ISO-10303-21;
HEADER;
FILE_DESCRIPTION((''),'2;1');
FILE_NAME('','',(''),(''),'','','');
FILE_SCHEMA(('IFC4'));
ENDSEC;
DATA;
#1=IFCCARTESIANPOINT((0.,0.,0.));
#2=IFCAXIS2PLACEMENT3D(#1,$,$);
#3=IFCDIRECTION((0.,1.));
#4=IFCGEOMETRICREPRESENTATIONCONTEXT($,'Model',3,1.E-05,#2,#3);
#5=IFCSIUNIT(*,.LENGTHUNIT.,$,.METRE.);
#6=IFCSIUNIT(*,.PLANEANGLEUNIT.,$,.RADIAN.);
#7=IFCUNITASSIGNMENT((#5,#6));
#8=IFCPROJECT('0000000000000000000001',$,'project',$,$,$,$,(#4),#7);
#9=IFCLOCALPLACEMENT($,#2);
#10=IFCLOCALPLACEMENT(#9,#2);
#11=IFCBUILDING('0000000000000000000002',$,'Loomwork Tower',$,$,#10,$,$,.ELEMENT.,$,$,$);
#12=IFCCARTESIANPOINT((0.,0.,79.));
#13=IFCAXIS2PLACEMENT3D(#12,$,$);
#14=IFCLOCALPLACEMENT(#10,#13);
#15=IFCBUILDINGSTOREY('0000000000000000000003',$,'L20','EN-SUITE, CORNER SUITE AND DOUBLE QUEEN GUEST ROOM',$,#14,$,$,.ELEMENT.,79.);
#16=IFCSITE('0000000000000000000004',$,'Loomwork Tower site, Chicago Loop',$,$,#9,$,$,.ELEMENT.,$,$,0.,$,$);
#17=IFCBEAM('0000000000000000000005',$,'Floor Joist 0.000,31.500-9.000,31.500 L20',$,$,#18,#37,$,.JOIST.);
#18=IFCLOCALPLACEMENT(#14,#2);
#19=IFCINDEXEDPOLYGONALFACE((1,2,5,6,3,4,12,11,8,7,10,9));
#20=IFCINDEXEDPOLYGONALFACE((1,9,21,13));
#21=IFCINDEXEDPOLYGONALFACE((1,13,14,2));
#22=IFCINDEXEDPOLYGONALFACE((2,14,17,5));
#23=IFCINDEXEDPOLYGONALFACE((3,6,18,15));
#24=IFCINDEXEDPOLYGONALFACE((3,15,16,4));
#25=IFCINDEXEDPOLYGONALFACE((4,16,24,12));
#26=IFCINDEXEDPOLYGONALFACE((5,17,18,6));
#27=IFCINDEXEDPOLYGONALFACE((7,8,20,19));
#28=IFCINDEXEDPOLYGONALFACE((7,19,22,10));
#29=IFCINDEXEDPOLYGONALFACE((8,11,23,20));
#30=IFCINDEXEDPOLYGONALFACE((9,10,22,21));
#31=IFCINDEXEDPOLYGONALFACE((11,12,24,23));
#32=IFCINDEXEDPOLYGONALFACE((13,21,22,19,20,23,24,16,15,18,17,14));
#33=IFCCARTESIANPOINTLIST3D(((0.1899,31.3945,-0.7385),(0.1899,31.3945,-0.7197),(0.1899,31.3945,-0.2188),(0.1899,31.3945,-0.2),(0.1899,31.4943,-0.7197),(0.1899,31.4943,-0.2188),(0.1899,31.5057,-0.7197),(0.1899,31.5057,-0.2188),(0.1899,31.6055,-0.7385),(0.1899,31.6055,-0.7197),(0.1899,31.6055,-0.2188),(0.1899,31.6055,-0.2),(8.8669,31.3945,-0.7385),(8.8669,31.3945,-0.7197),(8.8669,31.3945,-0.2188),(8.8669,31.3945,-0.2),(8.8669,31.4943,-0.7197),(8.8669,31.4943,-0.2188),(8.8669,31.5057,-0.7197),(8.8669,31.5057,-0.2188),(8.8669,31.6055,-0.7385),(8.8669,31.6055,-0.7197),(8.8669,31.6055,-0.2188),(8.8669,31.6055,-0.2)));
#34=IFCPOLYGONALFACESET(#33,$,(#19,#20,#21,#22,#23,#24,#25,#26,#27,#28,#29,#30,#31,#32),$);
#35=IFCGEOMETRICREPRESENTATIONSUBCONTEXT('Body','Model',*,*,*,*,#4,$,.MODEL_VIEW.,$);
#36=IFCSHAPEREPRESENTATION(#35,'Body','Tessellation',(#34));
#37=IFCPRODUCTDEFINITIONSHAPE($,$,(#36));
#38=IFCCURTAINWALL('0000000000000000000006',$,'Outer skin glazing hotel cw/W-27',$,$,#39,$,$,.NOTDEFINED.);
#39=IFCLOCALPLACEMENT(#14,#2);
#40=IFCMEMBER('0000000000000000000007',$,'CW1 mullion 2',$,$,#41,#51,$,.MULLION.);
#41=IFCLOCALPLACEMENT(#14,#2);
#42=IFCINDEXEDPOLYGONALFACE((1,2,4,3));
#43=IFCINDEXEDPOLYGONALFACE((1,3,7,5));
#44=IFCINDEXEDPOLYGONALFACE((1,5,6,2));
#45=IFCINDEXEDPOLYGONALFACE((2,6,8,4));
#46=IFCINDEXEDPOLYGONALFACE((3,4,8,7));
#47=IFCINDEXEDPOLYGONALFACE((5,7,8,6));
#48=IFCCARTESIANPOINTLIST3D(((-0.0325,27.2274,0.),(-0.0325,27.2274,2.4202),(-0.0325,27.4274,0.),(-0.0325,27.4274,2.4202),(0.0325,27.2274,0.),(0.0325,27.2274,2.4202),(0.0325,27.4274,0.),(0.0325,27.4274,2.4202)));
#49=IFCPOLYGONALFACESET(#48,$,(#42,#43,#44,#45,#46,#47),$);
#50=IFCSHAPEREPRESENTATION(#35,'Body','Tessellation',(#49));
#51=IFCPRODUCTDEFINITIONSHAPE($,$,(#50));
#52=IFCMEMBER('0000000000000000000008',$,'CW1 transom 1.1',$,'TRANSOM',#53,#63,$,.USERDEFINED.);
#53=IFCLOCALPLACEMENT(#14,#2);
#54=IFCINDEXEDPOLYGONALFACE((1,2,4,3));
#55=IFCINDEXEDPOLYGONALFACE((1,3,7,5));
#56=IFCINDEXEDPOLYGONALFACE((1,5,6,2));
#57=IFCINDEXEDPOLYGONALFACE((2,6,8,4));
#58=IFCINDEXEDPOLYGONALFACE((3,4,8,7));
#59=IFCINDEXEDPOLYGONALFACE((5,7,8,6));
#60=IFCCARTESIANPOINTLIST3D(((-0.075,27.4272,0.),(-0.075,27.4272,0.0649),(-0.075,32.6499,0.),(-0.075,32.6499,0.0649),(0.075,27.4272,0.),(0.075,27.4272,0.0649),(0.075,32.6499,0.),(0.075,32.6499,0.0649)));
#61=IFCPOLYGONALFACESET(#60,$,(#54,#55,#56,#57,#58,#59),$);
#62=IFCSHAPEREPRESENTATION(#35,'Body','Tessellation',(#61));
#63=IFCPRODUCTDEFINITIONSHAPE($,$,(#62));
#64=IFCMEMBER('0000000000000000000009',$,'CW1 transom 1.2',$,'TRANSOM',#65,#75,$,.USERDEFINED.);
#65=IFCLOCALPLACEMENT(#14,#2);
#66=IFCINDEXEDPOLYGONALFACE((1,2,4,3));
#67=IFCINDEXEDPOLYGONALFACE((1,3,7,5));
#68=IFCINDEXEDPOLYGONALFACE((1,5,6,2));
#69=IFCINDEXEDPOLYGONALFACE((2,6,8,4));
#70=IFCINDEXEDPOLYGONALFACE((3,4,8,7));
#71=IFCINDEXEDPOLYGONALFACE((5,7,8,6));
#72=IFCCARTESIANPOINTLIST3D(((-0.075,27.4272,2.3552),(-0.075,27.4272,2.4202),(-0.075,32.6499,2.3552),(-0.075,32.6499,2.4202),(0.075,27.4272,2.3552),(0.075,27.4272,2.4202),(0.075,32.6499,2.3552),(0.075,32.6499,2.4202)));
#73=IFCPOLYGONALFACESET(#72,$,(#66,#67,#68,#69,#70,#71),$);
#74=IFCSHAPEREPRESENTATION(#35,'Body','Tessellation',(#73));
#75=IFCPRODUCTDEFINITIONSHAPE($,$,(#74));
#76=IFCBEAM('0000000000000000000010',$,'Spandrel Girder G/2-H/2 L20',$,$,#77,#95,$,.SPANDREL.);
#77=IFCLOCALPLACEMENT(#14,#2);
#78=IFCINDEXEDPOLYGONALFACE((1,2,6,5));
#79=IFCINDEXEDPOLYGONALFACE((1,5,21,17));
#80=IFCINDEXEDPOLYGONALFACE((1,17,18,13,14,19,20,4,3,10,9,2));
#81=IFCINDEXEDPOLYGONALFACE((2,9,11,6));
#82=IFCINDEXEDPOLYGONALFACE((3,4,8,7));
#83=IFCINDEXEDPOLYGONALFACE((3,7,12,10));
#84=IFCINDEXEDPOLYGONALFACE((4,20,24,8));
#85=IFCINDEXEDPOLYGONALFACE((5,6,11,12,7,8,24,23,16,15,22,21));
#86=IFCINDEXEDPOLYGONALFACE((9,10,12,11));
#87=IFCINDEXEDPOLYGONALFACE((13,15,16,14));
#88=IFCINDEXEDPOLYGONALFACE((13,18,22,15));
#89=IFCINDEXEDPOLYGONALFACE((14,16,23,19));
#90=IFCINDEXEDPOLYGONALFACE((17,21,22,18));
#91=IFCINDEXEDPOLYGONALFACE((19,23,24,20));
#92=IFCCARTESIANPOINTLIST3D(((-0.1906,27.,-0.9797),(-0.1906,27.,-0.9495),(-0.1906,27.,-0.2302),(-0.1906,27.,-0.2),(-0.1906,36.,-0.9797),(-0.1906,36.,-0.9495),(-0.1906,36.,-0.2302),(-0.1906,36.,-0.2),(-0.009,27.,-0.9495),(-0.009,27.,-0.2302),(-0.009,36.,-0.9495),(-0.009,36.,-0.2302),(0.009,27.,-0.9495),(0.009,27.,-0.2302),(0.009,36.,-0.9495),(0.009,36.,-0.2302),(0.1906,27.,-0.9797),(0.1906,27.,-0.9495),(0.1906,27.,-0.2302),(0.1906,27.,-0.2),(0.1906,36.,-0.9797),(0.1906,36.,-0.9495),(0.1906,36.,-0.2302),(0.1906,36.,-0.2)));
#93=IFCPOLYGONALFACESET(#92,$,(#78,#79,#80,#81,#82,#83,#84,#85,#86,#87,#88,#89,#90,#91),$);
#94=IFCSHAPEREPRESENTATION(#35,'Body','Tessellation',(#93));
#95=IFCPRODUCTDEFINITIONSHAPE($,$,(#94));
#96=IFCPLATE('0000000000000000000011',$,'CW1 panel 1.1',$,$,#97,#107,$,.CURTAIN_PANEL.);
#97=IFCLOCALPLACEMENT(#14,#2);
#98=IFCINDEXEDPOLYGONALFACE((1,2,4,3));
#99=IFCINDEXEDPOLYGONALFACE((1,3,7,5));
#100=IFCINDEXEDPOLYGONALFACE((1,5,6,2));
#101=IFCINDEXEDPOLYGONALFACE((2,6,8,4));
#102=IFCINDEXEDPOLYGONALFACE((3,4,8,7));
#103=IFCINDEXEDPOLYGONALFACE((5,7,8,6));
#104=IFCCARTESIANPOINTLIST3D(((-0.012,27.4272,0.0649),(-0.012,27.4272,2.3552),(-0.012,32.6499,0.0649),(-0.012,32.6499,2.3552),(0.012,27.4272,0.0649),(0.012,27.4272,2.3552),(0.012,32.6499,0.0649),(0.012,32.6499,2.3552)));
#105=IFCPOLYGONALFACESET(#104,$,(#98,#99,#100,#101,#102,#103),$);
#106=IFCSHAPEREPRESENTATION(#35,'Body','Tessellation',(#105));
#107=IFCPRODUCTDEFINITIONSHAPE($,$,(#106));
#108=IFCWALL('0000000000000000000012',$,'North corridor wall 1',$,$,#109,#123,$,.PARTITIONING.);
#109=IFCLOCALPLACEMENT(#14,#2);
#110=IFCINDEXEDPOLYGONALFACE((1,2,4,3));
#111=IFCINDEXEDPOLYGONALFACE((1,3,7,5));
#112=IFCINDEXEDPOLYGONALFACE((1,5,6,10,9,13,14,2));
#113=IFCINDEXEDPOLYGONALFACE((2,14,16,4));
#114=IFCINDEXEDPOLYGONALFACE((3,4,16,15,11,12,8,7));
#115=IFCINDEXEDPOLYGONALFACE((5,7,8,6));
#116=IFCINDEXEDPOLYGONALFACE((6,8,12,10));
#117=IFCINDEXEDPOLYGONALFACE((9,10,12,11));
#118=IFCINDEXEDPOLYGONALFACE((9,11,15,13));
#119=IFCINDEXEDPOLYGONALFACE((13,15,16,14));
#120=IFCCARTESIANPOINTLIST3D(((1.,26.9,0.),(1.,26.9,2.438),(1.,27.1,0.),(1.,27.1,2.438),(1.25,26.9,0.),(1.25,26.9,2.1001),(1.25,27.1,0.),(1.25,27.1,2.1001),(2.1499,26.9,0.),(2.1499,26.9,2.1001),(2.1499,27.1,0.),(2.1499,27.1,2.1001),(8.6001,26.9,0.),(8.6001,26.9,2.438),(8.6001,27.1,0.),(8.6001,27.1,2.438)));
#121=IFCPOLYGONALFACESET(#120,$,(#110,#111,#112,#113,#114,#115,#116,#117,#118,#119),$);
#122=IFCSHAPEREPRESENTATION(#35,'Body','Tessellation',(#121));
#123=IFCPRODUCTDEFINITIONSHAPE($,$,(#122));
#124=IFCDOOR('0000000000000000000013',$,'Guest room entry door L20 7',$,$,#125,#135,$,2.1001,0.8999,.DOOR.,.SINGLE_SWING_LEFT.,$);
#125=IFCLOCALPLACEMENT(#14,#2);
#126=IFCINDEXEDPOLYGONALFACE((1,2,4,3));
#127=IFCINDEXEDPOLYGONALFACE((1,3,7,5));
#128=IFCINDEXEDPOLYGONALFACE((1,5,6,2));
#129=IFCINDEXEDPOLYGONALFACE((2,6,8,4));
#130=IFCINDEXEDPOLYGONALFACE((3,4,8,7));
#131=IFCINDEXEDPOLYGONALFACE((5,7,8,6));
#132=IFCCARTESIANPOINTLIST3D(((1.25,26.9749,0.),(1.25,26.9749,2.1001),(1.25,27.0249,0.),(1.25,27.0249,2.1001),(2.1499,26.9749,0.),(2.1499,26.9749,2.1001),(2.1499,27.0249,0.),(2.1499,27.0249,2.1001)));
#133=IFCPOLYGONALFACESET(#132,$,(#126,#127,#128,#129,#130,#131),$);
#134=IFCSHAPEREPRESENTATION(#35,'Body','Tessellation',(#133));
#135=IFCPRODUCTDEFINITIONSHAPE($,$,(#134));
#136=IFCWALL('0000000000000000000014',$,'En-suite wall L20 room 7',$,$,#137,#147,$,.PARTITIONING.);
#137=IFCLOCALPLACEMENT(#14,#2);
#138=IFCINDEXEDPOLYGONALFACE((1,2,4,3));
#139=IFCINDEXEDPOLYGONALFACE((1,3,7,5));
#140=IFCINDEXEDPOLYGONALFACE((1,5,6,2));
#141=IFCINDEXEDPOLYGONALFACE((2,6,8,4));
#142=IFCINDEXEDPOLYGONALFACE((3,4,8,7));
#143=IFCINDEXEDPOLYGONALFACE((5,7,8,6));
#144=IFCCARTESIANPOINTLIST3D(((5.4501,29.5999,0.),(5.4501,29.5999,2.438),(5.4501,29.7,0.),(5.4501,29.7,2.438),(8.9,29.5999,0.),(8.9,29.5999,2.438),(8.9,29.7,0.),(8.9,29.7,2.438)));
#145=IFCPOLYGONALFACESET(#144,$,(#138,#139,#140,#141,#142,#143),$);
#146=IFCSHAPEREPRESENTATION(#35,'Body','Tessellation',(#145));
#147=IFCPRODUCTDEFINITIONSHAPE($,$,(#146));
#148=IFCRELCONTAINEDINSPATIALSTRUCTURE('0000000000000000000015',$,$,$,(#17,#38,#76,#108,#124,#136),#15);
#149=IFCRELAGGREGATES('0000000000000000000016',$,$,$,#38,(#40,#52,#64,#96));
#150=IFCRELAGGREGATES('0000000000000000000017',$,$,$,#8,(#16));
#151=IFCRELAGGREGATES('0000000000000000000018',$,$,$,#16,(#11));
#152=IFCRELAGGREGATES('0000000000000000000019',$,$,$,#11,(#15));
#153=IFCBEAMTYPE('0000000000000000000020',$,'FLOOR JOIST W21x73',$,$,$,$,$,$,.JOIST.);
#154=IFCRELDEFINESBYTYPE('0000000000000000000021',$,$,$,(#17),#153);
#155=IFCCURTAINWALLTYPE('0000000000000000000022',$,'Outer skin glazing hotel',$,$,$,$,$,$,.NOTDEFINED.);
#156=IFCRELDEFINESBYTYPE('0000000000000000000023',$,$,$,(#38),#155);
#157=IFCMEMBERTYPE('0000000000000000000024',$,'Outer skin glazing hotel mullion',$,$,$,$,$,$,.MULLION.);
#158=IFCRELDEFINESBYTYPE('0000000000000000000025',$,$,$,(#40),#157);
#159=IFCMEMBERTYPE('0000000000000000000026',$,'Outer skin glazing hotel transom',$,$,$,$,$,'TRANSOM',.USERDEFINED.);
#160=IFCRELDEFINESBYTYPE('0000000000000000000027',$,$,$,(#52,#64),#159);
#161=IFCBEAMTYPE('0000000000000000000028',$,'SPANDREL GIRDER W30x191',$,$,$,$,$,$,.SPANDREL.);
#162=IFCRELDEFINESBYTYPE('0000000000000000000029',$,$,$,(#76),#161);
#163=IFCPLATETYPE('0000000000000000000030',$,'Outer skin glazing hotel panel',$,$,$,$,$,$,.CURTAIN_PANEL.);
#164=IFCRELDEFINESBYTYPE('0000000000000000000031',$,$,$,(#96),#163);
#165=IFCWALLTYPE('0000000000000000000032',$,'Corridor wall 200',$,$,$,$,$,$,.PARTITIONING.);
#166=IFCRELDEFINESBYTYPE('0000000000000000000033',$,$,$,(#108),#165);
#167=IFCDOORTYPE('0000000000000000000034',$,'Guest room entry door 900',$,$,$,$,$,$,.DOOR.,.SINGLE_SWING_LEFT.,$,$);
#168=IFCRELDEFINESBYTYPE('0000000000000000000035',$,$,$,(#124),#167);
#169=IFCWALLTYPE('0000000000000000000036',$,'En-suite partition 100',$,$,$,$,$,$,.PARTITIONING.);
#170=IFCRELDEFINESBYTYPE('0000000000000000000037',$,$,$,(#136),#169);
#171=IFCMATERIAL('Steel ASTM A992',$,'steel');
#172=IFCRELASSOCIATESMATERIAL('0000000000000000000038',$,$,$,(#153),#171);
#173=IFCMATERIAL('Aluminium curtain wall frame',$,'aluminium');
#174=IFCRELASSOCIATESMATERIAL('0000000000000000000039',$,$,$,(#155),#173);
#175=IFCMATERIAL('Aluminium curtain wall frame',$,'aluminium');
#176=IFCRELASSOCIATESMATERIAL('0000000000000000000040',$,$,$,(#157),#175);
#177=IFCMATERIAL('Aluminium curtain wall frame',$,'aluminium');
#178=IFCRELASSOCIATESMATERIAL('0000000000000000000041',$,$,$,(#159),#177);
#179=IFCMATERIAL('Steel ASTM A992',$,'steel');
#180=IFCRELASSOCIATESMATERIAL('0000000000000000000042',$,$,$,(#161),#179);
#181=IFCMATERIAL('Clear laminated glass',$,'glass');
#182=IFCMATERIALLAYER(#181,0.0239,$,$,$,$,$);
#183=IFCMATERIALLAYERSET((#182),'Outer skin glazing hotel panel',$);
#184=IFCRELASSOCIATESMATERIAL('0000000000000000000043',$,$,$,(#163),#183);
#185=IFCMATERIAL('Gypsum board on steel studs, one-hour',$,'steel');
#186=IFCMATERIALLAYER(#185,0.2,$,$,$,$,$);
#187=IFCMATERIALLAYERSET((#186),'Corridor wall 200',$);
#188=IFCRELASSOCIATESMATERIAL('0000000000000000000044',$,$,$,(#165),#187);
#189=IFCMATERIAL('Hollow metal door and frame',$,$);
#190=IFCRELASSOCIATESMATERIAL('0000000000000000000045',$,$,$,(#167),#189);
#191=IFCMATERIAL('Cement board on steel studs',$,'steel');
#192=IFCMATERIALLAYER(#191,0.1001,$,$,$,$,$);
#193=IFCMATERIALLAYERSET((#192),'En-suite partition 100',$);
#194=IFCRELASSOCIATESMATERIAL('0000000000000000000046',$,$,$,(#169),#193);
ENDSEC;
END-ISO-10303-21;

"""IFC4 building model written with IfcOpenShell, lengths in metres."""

from ifc_helpers import new_model, si_unit, direction, frame, frame_2d, origin, origin_2d, place, context, subcontext, project, spatial, rectangle, i_section, extrude, material, layer, layer_set, material_profile, profile_set, type_object, element, fill, aggregate, save


model = new_model("IFC4")

# Units and contexts
model_context = context("Model", 3, precision=1e-05, world=origin(), true_north=direction((0.0, 1.0)))
body_context = subcontext(model_context, "Body", "Model", "MODEL_VIEW")
ifc_project = project(units=[si_unit("LENGTHUNIT", "METRE"), si_unit("PLANEANGLEUNIT", "RADIAN")], contexts=[model_context])

# Site, building, storey
site_placement = place(None, origin())
site = spatial("IfcSite", under=ifc_project, at=site_placement, Name="Loomwork Tower site, Chicago Loop", CompositionType="ELEMENT", RefElevation=0.0)
building_placement = place(site_placement, origin())
building = spatial("IfcBuilding", under=site, at=building_placement, Name="Loomwork Tower", CompositionType="ELEMENT")
storey_placement = place(building_placement, frame((0.0, 0.0, 79.0)))
storey = spatial("IfcBuildingStorey", under=building, at=storey_placement, Name="L20", Description="EN-SUITE, CORNER SUITE AND DOUBLE QUEEN GUEST ROOM", CompositionType="ELEMENT", Elevation=79.0)

# Beam
ifc_material_1 = material(Name="Steel ASTM A992", Category="steel")
ifc_material_profile_1 = material_profile(ifc_material_1, i_section(OverallWidth=0.2109, OverallDepth=0.5386, WebThickness=0.0115, FlangeThickness=0.0188, at=origin_2d()), Name="W21x73")
ifc_profile_set_1 = profile_set([ifc_material_profile_1], Name="Steel ASTM A992")
beam_type_1 = type_object("IfcBeamType", Name="FLOOR JOIST W21x73", PredefinedType="JOIST", material=ifc_profile_set_1)
beam_1_placement = place(storey_placement, frame((0.1899, 31.5, -0.4692), z_axis=(1.0, 0.0, 0.0), x_axis=(0.0, 1.0, 0.0)))
element("IfcBeam", 1, at=beam_1_placement, inside=storey, type_object=beam_type_1, Name="Floor Joist 0.000,31.500-9.000,31.500 L20", PredefinedType="JOIST", context=body_context, shape_type="SweptSolid", body=[
    extrude(i_section(OverallWidth=0.2109, OverallDepth=0.5386, WebThickness=0.0115, FlangeThickness=0.0188, at=origin_2d()), origin(), (0.0, 0.0, 1.0), 8.677),
])

# Curtain wall, members
ifc_material_2 = material(Name="Aluminium curtain wall frame", Category="aluminium")
curtain_wall_type = type_object("IfcCurtainWallType", Name="Outer skin glazing hotel", PredefinedType="NOTDEFINED", material=ifc_material_2)
curtain_wall_placement = place(storey_placement, origin())
curtain_wall = element("IfcCurtainWall", 2, at=curtain_wall_placement, inside=storey, type_object=curtain_wall_type, Name="Outer skin glazing hotel cw/W-27", PredefinedType="NOTDEFINED")
ifc_material_3 = material(Name="Aluminium curtain wall frame", Category="aluminium")
ifc_material_profile_2 = material_profile(ifc_material_3, rectangle(XDim=0.0649, YDim=0.2, at=origin_2d()), Name="AL 65x200")
ifc_profile_set_2 = profile_set([ifc_material_profile_2], Name="Aluminium curtain wall frame")
member_type_1 = type_object("IfcMemberType", Name="Outer skin glazing hotel mullion", PredefinedType="MULLION", material=ifc_profile_set_2)
member_1_placement = place(storey_placement, frame((0.0, 27.3274, 0.0), z_axis=(0.0, 0.0, 1.0), x_axis=(1.0, 0.0, 0.0)))
member_1 = element("IfcMember", 3, at=member_1_placement, type_object=member_type_1, Name="CW1 mullion 2", PredefinedType="MULLION", context=body_context, shape_type="SweptSolid", body=[
    extrude(rectangle(XDim=0.0649, YDim=0.2, at=origin_2d()), origin(), (0.0, 0.0, 1.0), 2.4202),
])
ifc_material_4 = material(Name="Aluminium curtain wall frame", Category="aluminium")
ifc_material_profile_3 = material_profile(ifc_material_4, rectangle(XDim=0.1499, YDim=0.0649, at=origin_2d()), Name="AL 65x150")
ifc_profile_set_3 = profile_set([ifc_material_profile_3], Name="Aluminium curtain wall frame")
member_type_2 = type_object("IfcMemberType", Name="Outer skin glazing hotel transom", ElementType="TRANSOM", PredefinedType="USERDEFINED", material=ifc_profile_set_3)
member_2_placement = place(storey_placement, frame((0.0, 32.6499, 0.0325), z_axis=(0.0, -1.0, 0.0), x_axis=(1.0, 0.0, 0.0)))
member_2 = element("IfcMember", 4, at=member_2_placement, type_object=member_type_2, Name="CW1 transom 1.1", ObjectType="TRANSOM", PredefinedType="USERDEFINED", context=body_context, shape_type="SweptSolid", body=[
    extrude(rectangle(XDim=0.1499, YDim=0.0649, at=origin_2d()), origin(), (0.0, 0.0, 1.0), 5.2227),
])
member_3_placement = place(storey_placement, frame((0.0, 32.6499, 2.3877), z_axis=(0.0, -1.0, 0.0), x_axis=(1.0, 0.0, 0.0)))
member_3 = element("IfcMember", 5, at=member_3_placement, type_object=member_type_2, Name="CW1 transom 1.2", ObjectType="TRANSOM", PredefinedType="USERDEFINED", context=body_context, shape_type="SweptSolid", body=[
    extrude(rectangle(XDim=0.1499, YDim=0.0649, at=origin_2d()), origin(), (0.0, 0.0, 1.0), 5.2227),
])

# Beam
ifc_material_5 = material(Name="Steel ASTM A992", Category="steel")
ifc_material_profile_4 = material_profile(ifc_material_5, i_section(OverallWidth=0.3811, OverallDepth=0.7798, WebThickness=0.0181, FlangeThickness=0.0303, at=origin_2d()), Name="W30x191")
ifc_profile_set_4 = profile_set([ifc_material_profile_4], Name="Steel ASTM A992")
beam_type_2 = type_object("IfcBeamType", Name="SPANDREL GIRDER W30x191", PredefinedType="SPANDREL", material=ifc_profile_set_4)
beam_2_placement = place(storey_placement, frame((0.0, 27.0, -0.5898), z_axis=(0.0, 1.0, 0.0), x_axis=(-1.0, 0.0, 0.0)))
element("IfcBeam", 6, at=beam_2_placement, inside=storey, type_object=beam_type_2, Name="Spandrel Girder G/2-H/2 L20", PredefinedType="SPANDREL", context=body_context, shape_type="SweptSolid", body=[
    extrude(i_section(OverallWidth=0.3811, OverallDepth=0.7798, WebThickness=0.0181, FlangeThickness=0.0303, at=origin_2d()), origin(), (0.0, 0.0, 1.0), 9.0),
])

# Plate
ifc_material_6 = material(Name="Clear laminated glass", Category="glass")
ifc_layer_1 = layer(ifc_material_6, 0.0239)
ifc_layer_set_1 = layer_set([ifc_layer_1], Name="Outer skin glazing hotel panel")
plate_type = type_object("IfcPlateType", Name="Outer skin glazing hotel panel", PredefinedType="CURTAIN_PANEL", material=ifc_layer_set_1)
plate_placement = place(storey_placement, frame((0.0, 30.0386, 0.0649), z_axis=(0.0, 0.0, 1.0), x_axis=(0.0, -1.0, 0.0)))
plate = element("IfcPlate", 7, at=plate_placement, type_object=plate_type, Name="CW1 panel 1.1", PredefinedType="CURTAIN_PANEL", context=body_context, shape_type="SweptSolid", body=[
    extrude(rectangle(XDim=5.2227, YDim=0.0239, at=origin_2d()), origin(), (0.0, 0.0, 1.0), 2.2903),
])
aggregate(curtain_wall, [member_1, member_2, member_3, plate])

# Wall, opening, door
ifc_material_7 = material(Name="Gypsum board on steel studs, one-hour", Category="steel")
ifc_layer_2 = layer(ifc_material_7, 0.2)
ifc_layer_set_2 = layer_set([ifc_layer_2], Name="Corridor wall 200")
wall_type_1 = type_object("IfcWallType", Name="Corridor wall 200", PredefinedType="PARTITIONING", material=ifc_layer_set_2)
wall_1_placement = place(storey_placement, frame((1.0, 27.0, 0.0), z_axis=(0.0, 0.0, 1.0), x_axis=(1.0, 0.0, 0.0)))
wall_1 = element("IfcWall", 8, at=wall_1_placement, inside=storey, type_object=wall_type_1, Name="North corridor wall 1", PredefinedType="PARTITIONING", context=body_context, shape_type="SweptSolid", body=[
    extrude(rectangle(XDim=7.6001, YDim=0.2, at=frame_2d((3.8, 0.0))), origin(), (0.0, 0.0, 1.0), 2.438),
])
opening_1_placement = place(wall_1_placement, frame((0.25, 0.0, 0.0)))
opening_1 = element("IfcOpeningElement", 9, at=opening_1_placement, cuts=wall_1, PredefinedType="OPENING", context=body_context, shape_type="SweptSolid", body=[
    extrude(rectangle(XDim=0.8999, YDim=2.1001, at=frame_2d((0.45, 1.05))), frame((0.0, 0.1099, 0.0), z_axis=(0.0, -1.0, 0.0), x_axis=(1.0, 0.0, 0.0)), (0.0, 0.0, 1.0), 0.22),
])
ifc_material_8 = material(Name="Hollow metal door and frame")
door_type_1 = type_object("IfcDoorType", Name="Guest room entry door 900", OperationType="SINGLE_SWING_LEFT", PredefinedType="DOOR", material=ifc_material_8)
door_1_placement = place(opening_1_placement, origin())
door_1 = element("IfcDoor", 10, at=door_1_placement, inside=storey, type_object=door_type_1, Name="Guest room entry door L20 7", OperationType="SINGLE_SWING_LEFT", OverallHeight=2.1001, OverallWidth=0.8999, PredefinedType="DOOR", context=body_context, shape_type="SweptSolid", body=[
    extrude(rectangle(XDim=0.8999, YDim=2.1001, at=frame_2d((0.45, 1.05))), frame((0.0, 0.0249, 0.0), z_axis=(0.0, -1.0, 0.0), x_axis=(1.0, 0.0, 0.0)), (0.0, 0.0, 1.0), 0.05),
])
fill(opening_1, door_1)

# Wall
ifc_material_9 = material(Name="Cement board on steel studs", Category="steel")
ifc_layer_3 = layer(ifc_material_9, 0.1001)
ifc_layer_set_3 = layer_set([ifc_layer_3], Name="En-suite partition 100")
wall_type_2 = type_object("IfcWallType", Name="En-suite partition 100", PredefinedType="PARTITIONING", material=ifc_layer_set_3)
wall_2_placement = place(storey_placement, frame((5.45, 29.6499, 0.0), z_axis=(0.0, 0.0, 1.0), x_axis=(1.0, 0.0, 0.0)))
element("IfcWall", 11, at=wall_2_placement, inside=storey, type_object=wall_type_2, Name="En-suite wall L20 room 7", PredefinedType="PARTITIONING", context=body_context, shape_type="SweptSolid", body=[
    extrude(rectangle(XDim=3.45, YDim=0.1001, at=frame_2d((1.7251, 0.0))), origin(), (0.0, 0.0, 1.0), 2.438),
])

save(model, "model.ifc")
